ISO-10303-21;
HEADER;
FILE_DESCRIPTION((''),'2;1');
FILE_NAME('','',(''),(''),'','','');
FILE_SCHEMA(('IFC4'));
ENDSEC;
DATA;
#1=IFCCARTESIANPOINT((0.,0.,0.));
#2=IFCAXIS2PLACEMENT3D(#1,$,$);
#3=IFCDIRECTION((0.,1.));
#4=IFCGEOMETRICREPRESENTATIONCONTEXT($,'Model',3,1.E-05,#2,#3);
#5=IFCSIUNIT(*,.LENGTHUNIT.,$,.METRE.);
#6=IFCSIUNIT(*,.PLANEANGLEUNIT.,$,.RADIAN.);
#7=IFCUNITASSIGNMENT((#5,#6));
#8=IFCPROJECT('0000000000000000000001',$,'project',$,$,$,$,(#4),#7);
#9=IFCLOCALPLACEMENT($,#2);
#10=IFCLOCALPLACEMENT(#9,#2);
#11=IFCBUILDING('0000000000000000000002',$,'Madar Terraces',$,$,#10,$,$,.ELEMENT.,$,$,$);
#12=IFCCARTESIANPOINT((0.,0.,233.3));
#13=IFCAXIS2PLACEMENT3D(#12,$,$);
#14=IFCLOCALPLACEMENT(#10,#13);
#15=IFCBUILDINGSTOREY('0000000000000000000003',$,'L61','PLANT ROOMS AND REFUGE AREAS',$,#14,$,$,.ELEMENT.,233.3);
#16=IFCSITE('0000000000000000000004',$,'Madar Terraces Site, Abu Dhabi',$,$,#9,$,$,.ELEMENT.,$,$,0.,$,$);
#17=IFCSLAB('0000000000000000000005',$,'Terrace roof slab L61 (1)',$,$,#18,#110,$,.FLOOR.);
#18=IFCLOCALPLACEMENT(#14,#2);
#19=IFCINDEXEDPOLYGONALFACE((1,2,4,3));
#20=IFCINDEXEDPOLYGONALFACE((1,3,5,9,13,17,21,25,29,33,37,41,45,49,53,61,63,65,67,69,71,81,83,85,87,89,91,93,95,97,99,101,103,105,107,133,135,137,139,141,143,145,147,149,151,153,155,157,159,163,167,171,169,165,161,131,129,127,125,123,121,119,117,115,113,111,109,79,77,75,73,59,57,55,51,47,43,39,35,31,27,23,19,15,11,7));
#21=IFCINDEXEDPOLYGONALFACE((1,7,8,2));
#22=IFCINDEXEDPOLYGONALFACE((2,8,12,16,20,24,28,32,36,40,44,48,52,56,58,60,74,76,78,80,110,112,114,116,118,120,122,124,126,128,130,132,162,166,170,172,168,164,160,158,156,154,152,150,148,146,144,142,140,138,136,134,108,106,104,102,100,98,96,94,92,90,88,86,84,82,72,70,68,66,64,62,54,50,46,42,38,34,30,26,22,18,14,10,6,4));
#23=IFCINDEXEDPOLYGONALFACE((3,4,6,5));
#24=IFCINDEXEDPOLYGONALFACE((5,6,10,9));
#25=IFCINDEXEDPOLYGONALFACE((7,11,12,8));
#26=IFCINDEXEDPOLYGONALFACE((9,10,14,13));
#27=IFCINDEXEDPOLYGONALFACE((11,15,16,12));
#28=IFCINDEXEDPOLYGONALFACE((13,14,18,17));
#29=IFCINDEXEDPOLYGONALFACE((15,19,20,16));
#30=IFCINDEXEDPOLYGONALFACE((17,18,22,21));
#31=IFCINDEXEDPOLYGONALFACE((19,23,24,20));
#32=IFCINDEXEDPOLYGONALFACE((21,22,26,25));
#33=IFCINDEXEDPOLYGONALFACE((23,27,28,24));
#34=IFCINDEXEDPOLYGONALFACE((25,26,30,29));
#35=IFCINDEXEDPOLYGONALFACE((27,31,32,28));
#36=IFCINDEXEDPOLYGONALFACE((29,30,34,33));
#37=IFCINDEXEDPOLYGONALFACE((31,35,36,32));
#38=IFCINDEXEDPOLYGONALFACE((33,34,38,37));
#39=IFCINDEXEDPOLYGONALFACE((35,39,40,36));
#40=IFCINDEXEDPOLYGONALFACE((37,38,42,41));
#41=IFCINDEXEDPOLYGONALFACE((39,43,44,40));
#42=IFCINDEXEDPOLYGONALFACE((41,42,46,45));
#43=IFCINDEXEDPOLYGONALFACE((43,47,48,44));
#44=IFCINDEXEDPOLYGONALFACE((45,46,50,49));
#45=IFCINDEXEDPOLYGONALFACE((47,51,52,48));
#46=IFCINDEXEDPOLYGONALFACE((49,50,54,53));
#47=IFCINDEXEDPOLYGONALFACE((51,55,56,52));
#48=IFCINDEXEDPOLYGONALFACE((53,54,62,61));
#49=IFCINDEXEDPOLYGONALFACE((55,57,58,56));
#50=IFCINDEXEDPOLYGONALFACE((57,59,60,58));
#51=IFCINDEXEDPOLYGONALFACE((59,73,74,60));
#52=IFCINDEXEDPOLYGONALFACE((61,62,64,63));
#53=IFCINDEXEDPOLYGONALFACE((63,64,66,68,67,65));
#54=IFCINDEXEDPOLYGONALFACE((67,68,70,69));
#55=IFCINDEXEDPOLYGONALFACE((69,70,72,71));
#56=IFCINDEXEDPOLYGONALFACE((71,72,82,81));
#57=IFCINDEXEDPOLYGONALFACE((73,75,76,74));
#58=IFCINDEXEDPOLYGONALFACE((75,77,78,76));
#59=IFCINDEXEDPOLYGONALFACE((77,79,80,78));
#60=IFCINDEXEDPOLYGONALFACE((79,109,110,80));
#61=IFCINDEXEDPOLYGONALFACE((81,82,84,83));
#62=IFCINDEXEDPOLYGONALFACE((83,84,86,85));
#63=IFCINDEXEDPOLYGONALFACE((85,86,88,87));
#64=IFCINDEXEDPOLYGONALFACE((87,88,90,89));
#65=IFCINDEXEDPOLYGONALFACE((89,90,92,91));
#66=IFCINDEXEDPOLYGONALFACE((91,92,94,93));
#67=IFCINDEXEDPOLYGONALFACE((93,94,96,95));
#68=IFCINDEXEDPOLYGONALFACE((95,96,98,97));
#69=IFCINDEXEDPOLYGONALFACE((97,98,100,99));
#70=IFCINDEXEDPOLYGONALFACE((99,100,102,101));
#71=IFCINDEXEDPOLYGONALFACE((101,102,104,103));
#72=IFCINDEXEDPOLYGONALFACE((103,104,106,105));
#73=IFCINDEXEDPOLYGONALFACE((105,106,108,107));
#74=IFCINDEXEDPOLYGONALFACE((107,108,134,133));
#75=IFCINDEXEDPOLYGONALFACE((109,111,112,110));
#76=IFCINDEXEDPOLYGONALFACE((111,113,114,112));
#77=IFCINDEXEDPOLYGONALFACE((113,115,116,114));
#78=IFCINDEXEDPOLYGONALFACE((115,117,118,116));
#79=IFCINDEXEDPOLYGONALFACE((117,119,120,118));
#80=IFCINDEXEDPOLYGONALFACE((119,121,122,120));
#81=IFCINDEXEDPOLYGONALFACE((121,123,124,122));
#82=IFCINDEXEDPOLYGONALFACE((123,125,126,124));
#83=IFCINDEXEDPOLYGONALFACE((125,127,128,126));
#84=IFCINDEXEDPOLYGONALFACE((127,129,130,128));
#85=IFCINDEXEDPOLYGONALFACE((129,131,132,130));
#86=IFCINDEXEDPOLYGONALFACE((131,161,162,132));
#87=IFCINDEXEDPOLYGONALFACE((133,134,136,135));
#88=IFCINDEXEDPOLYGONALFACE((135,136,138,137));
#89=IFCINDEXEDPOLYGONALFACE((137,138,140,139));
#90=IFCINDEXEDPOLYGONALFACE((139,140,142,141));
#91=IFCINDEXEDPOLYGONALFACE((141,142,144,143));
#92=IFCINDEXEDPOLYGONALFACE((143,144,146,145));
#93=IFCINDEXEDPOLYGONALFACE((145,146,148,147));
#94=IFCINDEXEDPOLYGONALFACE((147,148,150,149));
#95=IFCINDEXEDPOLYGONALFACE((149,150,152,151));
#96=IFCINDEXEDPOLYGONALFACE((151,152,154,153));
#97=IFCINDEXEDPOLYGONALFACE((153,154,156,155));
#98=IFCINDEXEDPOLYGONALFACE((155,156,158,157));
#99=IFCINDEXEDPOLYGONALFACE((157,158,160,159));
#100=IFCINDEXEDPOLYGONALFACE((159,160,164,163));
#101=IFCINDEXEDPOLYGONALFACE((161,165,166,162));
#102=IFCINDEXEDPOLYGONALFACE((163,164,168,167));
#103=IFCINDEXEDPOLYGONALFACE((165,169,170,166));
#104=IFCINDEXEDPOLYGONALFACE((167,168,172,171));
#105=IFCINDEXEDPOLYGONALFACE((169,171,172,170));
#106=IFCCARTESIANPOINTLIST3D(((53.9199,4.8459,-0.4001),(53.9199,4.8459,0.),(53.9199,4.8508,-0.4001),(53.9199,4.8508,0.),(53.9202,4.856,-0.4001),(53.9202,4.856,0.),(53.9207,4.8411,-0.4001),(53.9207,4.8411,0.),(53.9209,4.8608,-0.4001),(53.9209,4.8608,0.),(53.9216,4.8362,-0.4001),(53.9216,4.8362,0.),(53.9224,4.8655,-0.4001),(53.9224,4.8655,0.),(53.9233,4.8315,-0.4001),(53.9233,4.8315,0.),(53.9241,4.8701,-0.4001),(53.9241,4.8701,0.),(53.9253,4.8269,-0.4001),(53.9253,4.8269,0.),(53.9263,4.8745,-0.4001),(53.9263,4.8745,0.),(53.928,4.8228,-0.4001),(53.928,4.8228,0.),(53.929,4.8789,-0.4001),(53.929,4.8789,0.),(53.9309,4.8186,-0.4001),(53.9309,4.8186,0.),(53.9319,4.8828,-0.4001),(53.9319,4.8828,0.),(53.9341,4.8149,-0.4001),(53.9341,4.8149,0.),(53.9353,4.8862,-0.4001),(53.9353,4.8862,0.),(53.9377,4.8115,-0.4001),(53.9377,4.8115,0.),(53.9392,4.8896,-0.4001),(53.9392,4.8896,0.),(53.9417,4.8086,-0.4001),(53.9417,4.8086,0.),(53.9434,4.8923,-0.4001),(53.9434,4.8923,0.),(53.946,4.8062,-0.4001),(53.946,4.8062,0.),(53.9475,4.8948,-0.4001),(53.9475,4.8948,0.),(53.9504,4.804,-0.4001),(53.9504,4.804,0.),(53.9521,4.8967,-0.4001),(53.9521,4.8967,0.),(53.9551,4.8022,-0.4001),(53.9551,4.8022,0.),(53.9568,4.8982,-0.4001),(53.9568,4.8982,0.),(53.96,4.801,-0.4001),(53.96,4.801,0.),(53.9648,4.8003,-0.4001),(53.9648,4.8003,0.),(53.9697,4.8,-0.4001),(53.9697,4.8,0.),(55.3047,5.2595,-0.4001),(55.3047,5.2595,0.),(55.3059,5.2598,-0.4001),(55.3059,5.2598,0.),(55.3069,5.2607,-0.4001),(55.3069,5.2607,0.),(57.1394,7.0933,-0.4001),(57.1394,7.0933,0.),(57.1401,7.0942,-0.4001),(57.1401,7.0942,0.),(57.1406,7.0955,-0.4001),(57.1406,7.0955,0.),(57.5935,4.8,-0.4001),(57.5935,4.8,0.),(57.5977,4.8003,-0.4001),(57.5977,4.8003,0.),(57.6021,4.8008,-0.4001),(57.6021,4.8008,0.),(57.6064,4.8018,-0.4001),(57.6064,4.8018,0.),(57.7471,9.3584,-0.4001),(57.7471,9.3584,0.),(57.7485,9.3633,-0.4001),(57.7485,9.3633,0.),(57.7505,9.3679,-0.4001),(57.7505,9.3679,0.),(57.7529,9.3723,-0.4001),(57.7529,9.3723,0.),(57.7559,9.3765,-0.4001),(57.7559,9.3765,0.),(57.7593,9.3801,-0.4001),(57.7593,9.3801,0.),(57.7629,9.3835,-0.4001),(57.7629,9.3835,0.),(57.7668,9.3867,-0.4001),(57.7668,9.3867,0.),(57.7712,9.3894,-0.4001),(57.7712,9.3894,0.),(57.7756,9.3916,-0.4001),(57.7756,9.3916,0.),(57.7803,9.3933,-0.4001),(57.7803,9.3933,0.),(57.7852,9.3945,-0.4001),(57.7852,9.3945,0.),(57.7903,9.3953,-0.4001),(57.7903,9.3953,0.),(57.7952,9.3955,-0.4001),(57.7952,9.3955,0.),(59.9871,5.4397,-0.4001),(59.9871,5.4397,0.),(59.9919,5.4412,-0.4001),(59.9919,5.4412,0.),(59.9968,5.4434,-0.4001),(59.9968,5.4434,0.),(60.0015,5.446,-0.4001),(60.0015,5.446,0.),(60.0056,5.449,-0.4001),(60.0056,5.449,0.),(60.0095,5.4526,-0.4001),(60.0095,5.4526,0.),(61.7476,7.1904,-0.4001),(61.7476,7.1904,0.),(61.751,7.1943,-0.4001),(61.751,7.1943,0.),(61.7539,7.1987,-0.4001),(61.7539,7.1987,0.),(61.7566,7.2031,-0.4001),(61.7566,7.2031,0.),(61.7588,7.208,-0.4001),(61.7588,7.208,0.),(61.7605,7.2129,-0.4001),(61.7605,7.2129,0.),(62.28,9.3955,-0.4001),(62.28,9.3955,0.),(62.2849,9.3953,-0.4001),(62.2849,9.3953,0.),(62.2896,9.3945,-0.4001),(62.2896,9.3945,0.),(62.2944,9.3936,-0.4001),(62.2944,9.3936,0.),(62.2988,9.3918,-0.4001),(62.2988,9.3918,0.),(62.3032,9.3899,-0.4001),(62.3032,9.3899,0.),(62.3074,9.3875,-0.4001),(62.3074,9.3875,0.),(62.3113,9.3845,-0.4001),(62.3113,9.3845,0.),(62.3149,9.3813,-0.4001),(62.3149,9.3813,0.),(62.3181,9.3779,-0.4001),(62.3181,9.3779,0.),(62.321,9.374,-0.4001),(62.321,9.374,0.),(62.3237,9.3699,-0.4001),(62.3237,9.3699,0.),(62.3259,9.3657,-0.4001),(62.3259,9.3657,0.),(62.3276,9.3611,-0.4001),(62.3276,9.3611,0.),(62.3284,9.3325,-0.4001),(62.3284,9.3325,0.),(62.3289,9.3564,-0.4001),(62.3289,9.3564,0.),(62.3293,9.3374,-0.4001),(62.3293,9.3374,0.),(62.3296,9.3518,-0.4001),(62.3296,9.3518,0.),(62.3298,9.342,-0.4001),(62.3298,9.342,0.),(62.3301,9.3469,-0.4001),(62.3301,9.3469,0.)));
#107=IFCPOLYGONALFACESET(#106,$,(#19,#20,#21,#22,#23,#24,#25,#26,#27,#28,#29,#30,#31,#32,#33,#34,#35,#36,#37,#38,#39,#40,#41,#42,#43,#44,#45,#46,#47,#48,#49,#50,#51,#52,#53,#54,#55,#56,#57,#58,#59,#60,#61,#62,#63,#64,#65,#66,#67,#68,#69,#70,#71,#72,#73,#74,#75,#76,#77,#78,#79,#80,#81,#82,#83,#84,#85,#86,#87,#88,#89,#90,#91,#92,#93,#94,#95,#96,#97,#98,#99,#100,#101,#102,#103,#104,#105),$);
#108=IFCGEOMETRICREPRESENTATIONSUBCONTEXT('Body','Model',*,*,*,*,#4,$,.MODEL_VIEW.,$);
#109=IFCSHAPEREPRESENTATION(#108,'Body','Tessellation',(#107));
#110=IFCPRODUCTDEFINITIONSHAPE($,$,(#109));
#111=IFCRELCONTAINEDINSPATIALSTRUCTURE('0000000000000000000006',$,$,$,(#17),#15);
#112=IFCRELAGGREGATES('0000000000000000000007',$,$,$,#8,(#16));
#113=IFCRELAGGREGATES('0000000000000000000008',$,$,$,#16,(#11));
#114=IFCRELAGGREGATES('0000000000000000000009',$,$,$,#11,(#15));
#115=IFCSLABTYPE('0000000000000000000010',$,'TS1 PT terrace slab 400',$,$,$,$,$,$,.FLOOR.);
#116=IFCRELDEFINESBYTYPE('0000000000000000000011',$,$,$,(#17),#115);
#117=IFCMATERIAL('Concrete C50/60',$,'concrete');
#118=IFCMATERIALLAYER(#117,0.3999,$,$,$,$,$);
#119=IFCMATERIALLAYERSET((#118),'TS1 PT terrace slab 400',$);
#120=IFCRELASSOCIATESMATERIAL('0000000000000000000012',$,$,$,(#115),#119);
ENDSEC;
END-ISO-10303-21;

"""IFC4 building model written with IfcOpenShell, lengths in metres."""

from ifc_helpers import new_model, si_unit, direction, frame, origin, place, context, subcontext, project, spatial, polyline, outline, extrude, material, layer, layer_set, type_object, element, save


model = new_model("IFC4")

# Units and contexts
model_context = context("Model", 3, precision=1e-05, world=origin(), true_north=direction((0.0, 1.0)))
body_context = subcontext(model_context, "Body", "Model", "MODEL_VIEW")
ifc_project = project(units=[si_unit("LENGTHUNIT", "METRE"), si_unit("PLANEANGLEUNIT", "RADIAN")], contexts=[model_context])

# Site, building, storey
site_placement = place(None, origin())
site = spatial("IfcSite", under=ifc_project, at=site_placement, Name="Madar Terraces Site, Abu Dhabi", CompositionType="ELEMENT", RefElevation=0.0)
building_placement = place(site_placement, origin())
building = spatial("IfcBuilding", under=site, at=building_placement, Name="Madar Terraces", CompositionType="ELEMENT")
storey_placement = place(building_placement, frame((0.0, 0.0, 233.3)))
storey = spatial("IfcBuildingStorey", under=building, at=storey_placement, Name="L61", Description="PLANT ROOMS AND REFUGE AREAS", CompositionType="ELEMENT", Elevation=233.3)

# Slab
ifc_material_1 = material(Name="Concrete C50/60", Category="concrete")
ifc_layer_1 = layer(ifc_material_1, 0.3999)
ifc_layer_set_1 = layer_set([ifc_layer_1], Name="TS1 PT terrace slab 400")
slab_type_1 = type_object("IfcSlabType", Name="TS1 PT terrace slab 400", PredefinedType="FLOOR", material=ifc_layer_set_1)
slab_1_placement = place(storey_placement, frame((0.0, 0.0, -0.4001)))
element("IfcSlab", 1, at=slab_1_placement, inside=storey, type_object=slab_type_1, Name="Terrace roof slab L61 (1)", PredefinedType="FLOOR", context=body_context, shape_type="SweptSolid", body=[
    extrude(outline(polyline([(55.3069, 5.2607), (55.3059, 5.2598), (55.3047, 5.2595), (53.9568, 4.8982), (53.9521, 4.8967), (53.9475, 4.8948), (53.9434, 4.8923), (53.9392, 4.8896), (53.9353, 4.8862), (53.9319, 4.8828), (53.929, 4.8789), (53.9263, 4.8745), (53.9241, 4.8701), (53.9224, 4.8655), (53.9209, 4.8608), (53.9202, 4.856), (53.9199, 4.8508), (53.9199, 4.8459), (53.9207, 4.8411), (53.9216, 4.8362), (53.9233, 4.8315), (53.9253, 4.8269), (53.928, 4.8228), (53.9309, 4.8186), (53.9341, 4.8149), (53.9377, 4.8115), (53.9417, 4.8086), (53.946, 4.8062), (53.9504, 4.804), (53.9551, 4.8022), (53.96, 4.801), (53.9648, 4.8003), (53.9697, 4.8), (57.5935, 4.8), (57.5977, 4.8003), (57.6021, 4.8008), (57.6064, 4.8018), (59.9871, 5.4397), (59.9919, 5.4412), (59.9968, 5.4434), (60.0015, 5.446), (60.0056, 5.449), (60.0095, 5.4526), (61.7476, 7.1904), (61.751, 7.1943), (61.7539, 7.1987), (61.7566, 7.2031), (61.7588, 7.208), (61.7605, 7.2129), (62.3284, 9.3325), (62.3293, 9.3374), (62.3298, 9.342), (62.3301, 9.3469), (62.3296, 9.3518), (62.3289, 9.3564), (62.3276, 9.3611), (62.3259, 9.3657), (62.3237, 9.3699), (62.321, 9.374), (62.3181, 9.3779), (62.3149, 9.3813), (62.3113, 9.3845), (62.3074, 9.3875), (62.3032, 9.3899), (62.2988, 9.3918), (62.2944, 9.3936), (62.2896, 9.3945), (62.2849, 9.3953), (62.28, 9.3955), (57.7952, 9.3955), (57.7903, 9.3953), (57.7852, 9.3945), (57.7803, 9.3933), (57.7756, 9.3916), (57.7712, 9.3894), (57.7668, 9.3867), (57.7629, 9.3835), (57.7593, 9.3801), (57.7559, 9.3765), (57.7529, 9.3723), (57.7505, 9.3679), (57.7485, 9.3633), (57.7471, 9.3584), (57.1406, 7.0955), (57.1401, 7.0942), (57.1394, 7.0933), (55.3069, 5.2607)])), origin(), (0.0, 0.0, 1.0), 0.4001),
])

save(model, "model.ifc")
